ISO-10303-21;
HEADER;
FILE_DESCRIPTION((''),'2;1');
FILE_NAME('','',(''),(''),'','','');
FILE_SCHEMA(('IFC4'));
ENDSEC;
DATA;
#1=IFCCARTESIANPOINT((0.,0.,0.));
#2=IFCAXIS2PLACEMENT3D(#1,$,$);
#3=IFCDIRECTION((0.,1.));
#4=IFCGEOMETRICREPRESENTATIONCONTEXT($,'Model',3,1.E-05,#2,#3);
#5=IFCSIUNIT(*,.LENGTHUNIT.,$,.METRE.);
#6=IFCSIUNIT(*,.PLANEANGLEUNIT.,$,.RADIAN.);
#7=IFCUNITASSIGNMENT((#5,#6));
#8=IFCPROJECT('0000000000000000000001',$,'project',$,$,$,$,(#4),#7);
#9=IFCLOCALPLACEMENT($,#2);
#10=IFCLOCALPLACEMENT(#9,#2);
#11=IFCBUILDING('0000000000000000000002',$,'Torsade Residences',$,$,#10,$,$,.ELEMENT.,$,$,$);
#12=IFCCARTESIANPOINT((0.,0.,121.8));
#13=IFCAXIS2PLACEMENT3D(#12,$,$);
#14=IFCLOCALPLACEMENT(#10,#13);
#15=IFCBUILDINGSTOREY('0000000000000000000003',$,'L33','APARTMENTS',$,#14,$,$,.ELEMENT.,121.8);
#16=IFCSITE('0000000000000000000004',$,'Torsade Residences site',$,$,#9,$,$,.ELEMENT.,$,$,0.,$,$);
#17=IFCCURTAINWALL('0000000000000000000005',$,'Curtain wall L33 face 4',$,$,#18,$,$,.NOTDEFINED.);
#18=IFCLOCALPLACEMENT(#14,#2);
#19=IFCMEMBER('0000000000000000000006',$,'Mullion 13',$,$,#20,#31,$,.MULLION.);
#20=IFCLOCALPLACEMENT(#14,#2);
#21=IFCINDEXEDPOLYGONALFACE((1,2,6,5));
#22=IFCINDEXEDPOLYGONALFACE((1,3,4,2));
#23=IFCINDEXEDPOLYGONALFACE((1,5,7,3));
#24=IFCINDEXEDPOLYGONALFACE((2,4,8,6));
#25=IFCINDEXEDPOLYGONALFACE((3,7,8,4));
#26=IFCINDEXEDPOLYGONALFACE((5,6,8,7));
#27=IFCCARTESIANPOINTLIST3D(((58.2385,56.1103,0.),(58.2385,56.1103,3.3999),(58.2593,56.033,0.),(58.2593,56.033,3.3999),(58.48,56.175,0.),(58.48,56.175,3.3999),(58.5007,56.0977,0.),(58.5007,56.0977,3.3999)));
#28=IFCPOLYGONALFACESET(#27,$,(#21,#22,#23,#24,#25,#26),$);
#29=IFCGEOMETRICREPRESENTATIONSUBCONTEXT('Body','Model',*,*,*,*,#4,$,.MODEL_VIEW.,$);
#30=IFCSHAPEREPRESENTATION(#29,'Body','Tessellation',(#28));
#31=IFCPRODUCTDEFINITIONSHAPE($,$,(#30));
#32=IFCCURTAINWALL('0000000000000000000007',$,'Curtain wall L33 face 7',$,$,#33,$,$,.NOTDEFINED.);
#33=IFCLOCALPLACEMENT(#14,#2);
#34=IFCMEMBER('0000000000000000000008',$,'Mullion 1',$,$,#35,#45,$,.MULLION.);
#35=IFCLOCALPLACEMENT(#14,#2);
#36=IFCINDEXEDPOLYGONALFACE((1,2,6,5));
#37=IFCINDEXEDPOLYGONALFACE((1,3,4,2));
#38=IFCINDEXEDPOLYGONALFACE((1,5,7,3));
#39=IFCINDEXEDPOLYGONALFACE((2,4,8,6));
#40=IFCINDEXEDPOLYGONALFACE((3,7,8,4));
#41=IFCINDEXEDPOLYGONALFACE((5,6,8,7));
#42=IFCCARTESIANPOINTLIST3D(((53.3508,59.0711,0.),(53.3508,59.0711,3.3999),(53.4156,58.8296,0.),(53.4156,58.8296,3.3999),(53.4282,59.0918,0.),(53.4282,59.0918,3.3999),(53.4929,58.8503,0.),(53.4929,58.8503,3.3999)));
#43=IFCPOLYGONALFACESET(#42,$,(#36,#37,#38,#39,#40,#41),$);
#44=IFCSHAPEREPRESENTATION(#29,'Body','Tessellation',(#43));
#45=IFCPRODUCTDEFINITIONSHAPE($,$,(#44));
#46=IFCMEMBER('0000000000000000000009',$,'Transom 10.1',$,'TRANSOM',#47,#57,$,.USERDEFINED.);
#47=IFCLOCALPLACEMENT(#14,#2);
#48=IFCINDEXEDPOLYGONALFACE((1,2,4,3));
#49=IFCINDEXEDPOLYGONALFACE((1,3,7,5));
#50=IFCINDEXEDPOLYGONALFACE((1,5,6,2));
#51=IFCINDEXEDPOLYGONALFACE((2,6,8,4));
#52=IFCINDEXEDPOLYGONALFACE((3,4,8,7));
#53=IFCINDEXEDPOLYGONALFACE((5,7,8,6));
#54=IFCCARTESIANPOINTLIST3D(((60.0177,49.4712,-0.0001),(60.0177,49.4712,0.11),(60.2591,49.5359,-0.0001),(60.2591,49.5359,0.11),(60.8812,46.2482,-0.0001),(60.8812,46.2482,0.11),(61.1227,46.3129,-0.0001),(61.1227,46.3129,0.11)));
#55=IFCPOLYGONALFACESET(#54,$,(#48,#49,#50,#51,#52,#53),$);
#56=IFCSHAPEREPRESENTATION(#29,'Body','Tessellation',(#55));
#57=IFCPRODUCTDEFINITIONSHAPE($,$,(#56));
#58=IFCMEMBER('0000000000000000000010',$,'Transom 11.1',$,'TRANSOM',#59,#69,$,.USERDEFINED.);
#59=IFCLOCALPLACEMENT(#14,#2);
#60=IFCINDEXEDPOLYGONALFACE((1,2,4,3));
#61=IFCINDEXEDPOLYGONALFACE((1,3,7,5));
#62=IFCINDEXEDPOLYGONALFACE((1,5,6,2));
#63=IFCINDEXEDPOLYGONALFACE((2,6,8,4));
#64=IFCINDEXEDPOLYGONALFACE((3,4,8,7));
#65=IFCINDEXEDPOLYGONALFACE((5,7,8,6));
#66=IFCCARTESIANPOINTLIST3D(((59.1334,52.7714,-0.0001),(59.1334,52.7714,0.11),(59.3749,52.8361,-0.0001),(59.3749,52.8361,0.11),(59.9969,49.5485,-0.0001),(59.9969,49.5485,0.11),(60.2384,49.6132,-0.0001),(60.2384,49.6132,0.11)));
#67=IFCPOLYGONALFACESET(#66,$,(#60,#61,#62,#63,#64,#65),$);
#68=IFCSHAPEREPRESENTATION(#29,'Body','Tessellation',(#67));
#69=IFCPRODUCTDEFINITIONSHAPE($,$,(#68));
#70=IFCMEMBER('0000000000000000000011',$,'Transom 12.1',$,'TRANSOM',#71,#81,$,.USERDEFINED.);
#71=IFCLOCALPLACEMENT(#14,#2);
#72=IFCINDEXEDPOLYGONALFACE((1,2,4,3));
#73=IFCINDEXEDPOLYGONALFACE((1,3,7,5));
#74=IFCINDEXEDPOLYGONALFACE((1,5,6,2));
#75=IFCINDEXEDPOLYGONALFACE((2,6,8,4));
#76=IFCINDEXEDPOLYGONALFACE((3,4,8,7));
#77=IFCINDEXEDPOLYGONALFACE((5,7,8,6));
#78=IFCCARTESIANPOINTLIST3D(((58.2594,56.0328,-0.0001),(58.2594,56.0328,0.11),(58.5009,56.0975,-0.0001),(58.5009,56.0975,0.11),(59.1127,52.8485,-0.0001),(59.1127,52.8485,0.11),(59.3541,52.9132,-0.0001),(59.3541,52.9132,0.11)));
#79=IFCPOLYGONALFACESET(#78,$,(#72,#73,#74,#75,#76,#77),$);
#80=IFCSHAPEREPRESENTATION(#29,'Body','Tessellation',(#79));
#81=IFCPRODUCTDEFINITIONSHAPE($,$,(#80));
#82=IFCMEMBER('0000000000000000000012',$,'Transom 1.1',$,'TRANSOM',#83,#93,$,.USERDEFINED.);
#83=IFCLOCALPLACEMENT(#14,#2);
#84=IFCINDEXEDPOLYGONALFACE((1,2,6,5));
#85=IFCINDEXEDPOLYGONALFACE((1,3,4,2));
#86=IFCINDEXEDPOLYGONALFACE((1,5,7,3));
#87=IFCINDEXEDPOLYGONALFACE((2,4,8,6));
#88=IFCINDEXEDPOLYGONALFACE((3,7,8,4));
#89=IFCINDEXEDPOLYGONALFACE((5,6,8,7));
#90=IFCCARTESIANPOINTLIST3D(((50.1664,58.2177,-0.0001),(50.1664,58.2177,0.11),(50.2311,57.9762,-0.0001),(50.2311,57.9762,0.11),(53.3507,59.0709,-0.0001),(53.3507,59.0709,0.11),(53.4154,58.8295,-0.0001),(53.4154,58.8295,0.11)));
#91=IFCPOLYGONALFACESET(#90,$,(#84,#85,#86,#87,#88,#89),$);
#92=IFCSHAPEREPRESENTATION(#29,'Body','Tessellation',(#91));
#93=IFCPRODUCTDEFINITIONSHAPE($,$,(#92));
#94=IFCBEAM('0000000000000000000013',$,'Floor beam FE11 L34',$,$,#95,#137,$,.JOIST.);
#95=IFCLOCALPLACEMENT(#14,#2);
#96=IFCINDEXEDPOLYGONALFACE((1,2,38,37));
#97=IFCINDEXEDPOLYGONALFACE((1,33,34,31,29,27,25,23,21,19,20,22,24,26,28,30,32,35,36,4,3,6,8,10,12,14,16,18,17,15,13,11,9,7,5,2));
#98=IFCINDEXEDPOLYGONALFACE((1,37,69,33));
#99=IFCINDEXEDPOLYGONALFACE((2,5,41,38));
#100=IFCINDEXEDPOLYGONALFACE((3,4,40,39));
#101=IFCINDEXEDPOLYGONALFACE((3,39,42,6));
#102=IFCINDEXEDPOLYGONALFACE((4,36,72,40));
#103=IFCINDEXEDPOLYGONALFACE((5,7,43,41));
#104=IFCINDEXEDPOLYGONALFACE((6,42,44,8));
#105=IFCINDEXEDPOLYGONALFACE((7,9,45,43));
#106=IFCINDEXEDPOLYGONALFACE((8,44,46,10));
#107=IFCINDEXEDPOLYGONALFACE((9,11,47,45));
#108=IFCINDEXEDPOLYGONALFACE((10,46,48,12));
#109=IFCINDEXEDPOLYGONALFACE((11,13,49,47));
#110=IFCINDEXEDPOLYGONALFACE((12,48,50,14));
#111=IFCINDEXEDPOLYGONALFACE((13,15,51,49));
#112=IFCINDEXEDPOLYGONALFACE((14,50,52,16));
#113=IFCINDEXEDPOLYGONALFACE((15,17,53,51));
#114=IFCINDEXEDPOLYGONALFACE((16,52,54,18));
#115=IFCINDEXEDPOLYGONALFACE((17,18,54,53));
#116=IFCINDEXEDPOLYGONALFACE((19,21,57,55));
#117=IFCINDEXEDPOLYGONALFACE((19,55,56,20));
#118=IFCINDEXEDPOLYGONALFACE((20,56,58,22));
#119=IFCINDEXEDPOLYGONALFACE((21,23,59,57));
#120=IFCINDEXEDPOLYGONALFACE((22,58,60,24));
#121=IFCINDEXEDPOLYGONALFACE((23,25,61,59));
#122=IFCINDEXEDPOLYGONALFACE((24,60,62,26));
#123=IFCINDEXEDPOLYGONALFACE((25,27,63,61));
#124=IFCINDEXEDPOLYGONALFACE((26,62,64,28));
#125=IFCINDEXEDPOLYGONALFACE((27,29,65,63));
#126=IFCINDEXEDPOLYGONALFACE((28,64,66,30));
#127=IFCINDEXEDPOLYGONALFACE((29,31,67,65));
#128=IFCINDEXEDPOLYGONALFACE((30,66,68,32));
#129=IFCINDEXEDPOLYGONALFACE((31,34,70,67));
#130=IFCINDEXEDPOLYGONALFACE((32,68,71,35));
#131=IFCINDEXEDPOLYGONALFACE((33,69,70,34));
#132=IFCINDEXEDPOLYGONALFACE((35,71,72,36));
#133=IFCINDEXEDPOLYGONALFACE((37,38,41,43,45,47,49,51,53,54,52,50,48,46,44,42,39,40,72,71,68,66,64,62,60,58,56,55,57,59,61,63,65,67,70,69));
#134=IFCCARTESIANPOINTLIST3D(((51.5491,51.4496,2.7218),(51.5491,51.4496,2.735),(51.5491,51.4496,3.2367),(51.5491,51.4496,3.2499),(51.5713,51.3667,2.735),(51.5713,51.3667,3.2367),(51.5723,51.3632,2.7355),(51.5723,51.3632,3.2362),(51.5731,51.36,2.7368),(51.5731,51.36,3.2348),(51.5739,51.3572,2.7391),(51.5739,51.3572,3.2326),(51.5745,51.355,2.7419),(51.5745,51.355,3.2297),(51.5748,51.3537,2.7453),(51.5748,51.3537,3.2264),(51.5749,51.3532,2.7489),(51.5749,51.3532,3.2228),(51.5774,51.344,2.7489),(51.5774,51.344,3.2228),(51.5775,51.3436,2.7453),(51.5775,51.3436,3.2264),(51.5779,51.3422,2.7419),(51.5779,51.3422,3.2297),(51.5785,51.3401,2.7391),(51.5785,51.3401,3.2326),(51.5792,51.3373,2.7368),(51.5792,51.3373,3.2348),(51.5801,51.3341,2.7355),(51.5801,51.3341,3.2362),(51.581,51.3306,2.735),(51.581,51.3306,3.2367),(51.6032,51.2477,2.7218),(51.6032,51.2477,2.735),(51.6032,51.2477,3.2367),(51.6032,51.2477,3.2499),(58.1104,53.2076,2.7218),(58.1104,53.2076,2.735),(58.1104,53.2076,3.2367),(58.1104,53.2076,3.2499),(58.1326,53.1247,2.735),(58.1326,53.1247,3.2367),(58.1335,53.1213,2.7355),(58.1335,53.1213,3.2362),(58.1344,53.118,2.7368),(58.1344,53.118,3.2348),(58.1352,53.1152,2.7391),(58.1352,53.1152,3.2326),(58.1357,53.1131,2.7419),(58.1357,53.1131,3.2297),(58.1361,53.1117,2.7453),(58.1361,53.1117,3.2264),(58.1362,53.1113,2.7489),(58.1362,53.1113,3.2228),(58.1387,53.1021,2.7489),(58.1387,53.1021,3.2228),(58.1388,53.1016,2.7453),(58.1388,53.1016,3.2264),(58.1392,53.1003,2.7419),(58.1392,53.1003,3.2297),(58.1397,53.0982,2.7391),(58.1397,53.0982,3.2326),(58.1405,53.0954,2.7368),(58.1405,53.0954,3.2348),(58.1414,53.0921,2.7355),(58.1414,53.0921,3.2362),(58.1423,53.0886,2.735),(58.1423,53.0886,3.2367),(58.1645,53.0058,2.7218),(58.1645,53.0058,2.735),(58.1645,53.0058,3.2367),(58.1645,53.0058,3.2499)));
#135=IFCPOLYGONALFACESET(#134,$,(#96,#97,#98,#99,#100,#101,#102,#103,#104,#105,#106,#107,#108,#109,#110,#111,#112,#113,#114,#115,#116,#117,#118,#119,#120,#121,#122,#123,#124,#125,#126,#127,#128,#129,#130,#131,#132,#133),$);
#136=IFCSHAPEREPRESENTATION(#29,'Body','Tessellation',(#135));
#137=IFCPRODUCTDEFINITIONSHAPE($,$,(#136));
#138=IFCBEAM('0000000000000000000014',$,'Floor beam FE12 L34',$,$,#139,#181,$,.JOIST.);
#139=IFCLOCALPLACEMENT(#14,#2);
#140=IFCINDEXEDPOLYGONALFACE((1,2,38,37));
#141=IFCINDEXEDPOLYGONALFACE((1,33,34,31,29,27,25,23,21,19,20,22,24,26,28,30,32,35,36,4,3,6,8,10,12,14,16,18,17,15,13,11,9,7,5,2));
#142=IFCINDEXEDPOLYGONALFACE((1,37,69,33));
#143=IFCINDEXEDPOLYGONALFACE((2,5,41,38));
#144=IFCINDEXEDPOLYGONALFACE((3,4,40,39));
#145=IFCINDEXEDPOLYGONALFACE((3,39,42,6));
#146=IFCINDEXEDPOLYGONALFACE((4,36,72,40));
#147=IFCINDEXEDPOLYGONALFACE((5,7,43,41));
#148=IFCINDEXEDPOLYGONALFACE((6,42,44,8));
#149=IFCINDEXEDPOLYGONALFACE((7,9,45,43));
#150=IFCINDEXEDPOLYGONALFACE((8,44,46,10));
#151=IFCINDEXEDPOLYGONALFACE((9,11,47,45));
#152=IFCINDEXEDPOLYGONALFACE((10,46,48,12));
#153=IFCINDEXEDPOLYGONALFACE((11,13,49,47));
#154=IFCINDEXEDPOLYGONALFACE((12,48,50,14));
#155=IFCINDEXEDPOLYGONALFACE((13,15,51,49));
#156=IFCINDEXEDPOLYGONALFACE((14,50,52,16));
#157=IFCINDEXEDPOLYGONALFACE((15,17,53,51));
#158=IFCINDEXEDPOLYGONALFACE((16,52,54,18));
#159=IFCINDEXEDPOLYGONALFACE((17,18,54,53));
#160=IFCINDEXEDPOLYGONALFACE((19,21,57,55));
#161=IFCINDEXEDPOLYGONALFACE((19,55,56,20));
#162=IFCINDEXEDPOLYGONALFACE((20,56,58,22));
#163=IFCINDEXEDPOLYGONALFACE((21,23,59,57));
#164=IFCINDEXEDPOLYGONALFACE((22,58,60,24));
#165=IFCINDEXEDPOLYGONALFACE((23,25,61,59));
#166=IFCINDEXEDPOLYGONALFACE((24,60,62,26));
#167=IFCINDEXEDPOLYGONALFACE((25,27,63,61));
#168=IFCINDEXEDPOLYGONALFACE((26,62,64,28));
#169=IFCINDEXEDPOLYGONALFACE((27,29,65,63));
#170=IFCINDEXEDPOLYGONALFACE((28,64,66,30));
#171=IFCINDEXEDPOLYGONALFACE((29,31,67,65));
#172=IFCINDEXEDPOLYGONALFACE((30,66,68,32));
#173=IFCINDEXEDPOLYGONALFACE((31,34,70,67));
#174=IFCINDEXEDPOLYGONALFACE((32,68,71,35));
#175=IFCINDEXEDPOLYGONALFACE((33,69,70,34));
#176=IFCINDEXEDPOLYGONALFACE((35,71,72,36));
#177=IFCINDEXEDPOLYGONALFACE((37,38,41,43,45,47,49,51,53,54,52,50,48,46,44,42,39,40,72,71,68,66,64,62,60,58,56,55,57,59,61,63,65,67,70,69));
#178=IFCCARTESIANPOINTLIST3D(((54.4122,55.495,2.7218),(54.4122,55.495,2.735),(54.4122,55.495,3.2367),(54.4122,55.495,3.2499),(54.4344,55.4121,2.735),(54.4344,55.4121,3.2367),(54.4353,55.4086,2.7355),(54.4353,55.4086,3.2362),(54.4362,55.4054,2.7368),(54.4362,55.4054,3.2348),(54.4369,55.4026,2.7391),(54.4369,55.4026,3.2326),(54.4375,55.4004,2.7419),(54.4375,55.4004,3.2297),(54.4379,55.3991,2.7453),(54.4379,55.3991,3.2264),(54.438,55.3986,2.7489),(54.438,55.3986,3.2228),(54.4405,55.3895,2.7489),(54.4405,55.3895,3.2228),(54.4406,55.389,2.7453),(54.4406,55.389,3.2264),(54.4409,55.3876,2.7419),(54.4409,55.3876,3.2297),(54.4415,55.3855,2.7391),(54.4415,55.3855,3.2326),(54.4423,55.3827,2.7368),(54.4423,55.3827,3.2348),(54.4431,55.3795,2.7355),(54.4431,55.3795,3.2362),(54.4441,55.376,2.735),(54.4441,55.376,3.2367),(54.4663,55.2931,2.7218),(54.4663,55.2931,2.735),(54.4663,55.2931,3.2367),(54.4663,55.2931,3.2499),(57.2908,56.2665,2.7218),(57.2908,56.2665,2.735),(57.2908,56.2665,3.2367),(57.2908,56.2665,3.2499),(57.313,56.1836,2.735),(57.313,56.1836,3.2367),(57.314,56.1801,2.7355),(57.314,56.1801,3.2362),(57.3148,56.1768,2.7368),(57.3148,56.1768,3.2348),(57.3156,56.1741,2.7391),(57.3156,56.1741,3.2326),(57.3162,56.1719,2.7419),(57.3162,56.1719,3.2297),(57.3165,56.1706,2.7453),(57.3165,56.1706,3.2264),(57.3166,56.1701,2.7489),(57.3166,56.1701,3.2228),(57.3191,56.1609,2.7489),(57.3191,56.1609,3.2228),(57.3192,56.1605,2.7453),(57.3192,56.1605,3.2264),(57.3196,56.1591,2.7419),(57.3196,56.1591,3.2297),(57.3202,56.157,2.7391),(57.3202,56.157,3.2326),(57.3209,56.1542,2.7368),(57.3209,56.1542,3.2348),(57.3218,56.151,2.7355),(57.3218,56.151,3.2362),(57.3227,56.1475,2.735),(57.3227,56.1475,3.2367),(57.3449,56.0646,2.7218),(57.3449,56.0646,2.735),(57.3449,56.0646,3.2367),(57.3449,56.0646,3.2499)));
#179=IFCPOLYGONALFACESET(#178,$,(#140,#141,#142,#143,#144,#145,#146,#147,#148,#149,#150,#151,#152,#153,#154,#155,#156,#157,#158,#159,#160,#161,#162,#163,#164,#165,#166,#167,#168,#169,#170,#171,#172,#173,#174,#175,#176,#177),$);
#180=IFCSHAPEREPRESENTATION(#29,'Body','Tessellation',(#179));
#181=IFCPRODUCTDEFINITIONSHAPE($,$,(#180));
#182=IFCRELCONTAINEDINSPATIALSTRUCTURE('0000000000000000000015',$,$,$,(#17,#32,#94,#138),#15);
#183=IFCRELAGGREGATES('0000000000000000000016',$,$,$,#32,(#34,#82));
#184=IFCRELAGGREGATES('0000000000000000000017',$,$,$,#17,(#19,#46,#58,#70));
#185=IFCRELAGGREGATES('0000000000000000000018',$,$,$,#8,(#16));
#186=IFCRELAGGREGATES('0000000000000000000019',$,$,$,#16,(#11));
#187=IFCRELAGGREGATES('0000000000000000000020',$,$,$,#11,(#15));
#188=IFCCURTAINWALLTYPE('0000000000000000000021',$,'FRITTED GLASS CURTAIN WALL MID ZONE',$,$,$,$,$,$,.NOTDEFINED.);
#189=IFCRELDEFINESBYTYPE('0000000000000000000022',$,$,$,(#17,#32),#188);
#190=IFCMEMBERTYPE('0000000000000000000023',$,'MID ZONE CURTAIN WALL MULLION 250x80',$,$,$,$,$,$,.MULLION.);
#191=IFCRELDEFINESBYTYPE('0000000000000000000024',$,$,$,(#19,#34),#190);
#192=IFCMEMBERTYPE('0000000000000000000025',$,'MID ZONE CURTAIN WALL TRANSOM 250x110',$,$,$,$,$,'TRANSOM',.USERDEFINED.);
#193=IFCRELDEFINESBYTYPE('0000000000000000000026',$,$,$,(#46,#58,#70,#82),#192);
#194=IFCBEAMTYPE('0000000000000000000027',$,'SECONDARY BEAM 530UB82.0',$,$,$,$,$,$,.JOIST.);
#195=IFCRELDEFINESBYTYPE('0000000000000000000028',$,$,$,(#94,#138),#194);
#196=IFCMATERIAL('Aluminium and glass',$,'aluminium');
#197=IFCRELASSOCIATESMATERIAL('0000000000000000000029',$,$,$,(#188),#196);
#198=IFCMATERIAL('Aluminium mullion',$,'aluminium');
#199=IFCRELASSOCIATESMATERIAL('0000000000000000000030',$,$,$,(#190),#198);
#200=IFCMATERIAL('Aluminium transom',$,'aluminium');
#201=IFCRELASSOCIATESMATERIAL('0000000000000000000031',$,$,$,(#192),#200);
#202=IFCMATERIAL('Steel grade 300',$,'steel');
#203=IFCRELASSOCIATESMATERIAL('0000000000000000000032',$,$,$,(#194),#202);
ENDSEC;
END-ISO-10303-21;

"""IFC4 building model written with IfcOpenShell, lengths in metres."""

from ifc_helpers import new_model, si_unit, direction, frame, origin, origin_2d, place, context, subcontext, project, spatial, rectangle, i_section, extrude, material, material_profile, profile_set, type_object, element, aggregate, save


model = new_model("IFC4")

# Units and contexts
model_context = context("Model", 3, precision=1e-05, world=origin(), true_north=direction((0.0, 1.0)))
body_context = subcontext(model_context, "Body", "Model", "MODEL_VIEW")
ifc_project = project(units=[si_unit("LENGTHUNIT", "METRE"), si_unit("PLANEANGLEUNIT", "RADIAN")], contexts=[model_context])

# Site, building, storey
site_placement = place(None, origin())
site = spatial("IfcSite", under=ifc_project, at=site_placement, Name="Torsade Residences site", CompositionType="ELEMENT", RefElevation=0.0)
building_placement = place(site_placement, origin())
building = spatial("IfcBuilding", under=site, at=building_placement, Name="Torsade Residences", CompositionType="ELEMENT")
storey_placement = place(building_placement, frame((0.0, 0.0, 121.8)))
storey = spatial("IfcBuildingStorey", under=building, at=storey_placement, Name="L33", Description="APARTMENTS", CompositionType="ELEMENT", Elevation=121.8)

# Curtain wall, member
ifc_material_1 = material(Name="Aluminium and glass", Category="aluminium")
curtain_wall_type = type_object("IfcCurtainWallType", Name="FRITTED GLASS CURTAIN WALL MID ZONE", PredefinedType="NOTDEFINED", material=ifc_material_1)
curtain_wall_1_placement = place(storey_placement, origin())
curtain_wall_1 = element("IfcCurtainWall", 1, at=curtain_wall_1_placement, inside=storey, type_object=curtain_wall_type, Name="Curtain wall L33 face 4", PredefinedType="NOTDEFINED")
ifc_material_2 = material(Name="Aluminium mullion", Category="aluminium")
ifc_material_profile_1 = material_profile(ifc_material_2, rectangle(XDim=0.25, YDim=0.0801, at=origin_2d()), Name="MID ZONE CURTAIN WALL MULLION 250x80")
ifc_profile_set_1 = profile_set([ifc_material_profile_1], Name="Aluminium mullion")
member_type_1 = type_object("IfcMemberType", Name="MID ZONE CURTAIN WALL MULLION 250x80", PredefinedType="MULLION", material=ifc_profile_set_1)
member_1_placement = place(storey_placement, frame((58.3696, 56.104, 0.0), z_axis=(0.0, 0.0, 1.0), x_axis=(-0.965926, -0.258819, 0.0)))
member_1 = element("IfcMember", 2, at=member_1_placement, type_object=member_type_1, Name="Mullion 13", PredefinedType="MULLION", context=body_context, shape_type="SweptSolid", body=[
    extrude(rectangle(XDim=0.25, YDim=0.0801, at=origin_2d()), origin(), (0.0, 0.0, 1.0), 3.3999),
])

# Curtain wall, member
curtain_wall_2_placement = place(storey_placement, origin())
curtain_wall_2 = element("IfcCurtainWall", 3, at=curtain_wall_2_placement, inside=storey, type_object=curtain_wall_type, Name="Curtain wall L33 face 7", PredefinedType="NOTDEFINED")
member_2_placement = place(storey_placement, frame((53.4219, 58.9607, 0.0), z_axis=(0.0, 0.0, 1.0), x_axis=(0.258819, -0.965926, 0.0)))
member_2 = element("IfcMember", 4, at=member_2_placement, type_object=member_type_1, Name="Mullion 1", PredefinedType="MULLION", context=body_context, shape_type="SweptSolid", body=[
    extrude(rectangle(XDim=0.25, YDim=0.0801, at=origin_2d()), origin(), (0.0, 0.0, 1.0), 3.3999),
])

# Members
ifc_material_3 = material(Name="Aluminium transom", Category="aluminium")
ifc_material_profile_2 = material_profile(ifc_material_3, rectangle(XDim=0.25, YDim=0.1101, at=origin_2d()), Name="MID ZONE CURTAIN WALL TRANSOM 250x110")
ifc_profile_set_2 = profile_set([ifc_material_profile_2], Name="Aluminium transom")
member_type_2 = type_object("IfcMemberType", Name="MID ZONE CURTAIN WALL TRANSOM 250x110", ElementType="TRANSOM", PredefinedType="USERDEFINED", material=ifc_profile_set_2)
member_3_placement = place(storey_placement, frame((61.002, 46.2805, 0.0549), z_axis=(-0.258806, 0.965929, 0.0), x_axis=(-0.965929, -0.258806, 0.0)))
member_3 = element("IfcMember", 5, at=member_3_placement, type_object=member_type_2, Name="Transom 10.1", ObjectType="TRANSOM", PredefinedType="USERDEFINED", context=body_context, shape_type="SweptSolid", body=[
    extrude(rectangle(XDim=0.25, YDim=0.1101, at=origin_2d()), origin(), (0.0, 0.0, 1.0), 3.3367),
])
member_4_placement = place(storey_placement, frame((60.1177, 49.5808, 0.0549), z_axis=(-0.258806, 0.965929, 0.0), x_axis=(-0.965929, -0.258806, 0.0)))
member_4 = element("IfcMember", 6, at=member_4_placement, type_object=member_type_2, Name="Transom 11.1", ObjectType="TRANSOM", PredefinedType="USERDEFINED", context=body_context, shape_type="SweptSolid", body=[
    extrude(rectangle(XDim=0.25, YDim=0.1101, at=origin_2d()), origin(), (0.0, 0.0, 1.0), 3.3367),
])
member_5_placement = place(storey_placement, frame((59.2334, 52.8809, 0.0549), z_axis=(-0.258829, 0.965923, 0.0), x_axis=(-0.965923, -0.258829, 0.0)))
member_5 = element("IfcMember", 7, at=member_5_placement, type_object=member_type_2, Name="Transom 12.1", ObjectType="TRANSOM", PredefinedType="USERDEFINED", context=body_context, shape_type="SweptSolid", body=[
    extrude(rectangle(XDim=0.25, YDim=0.1101, at=origin_2d()), origin(), (0.0, 0.0, 1.0), 3.2966),
])
member_6_placement = place(storey_placement, frame((53.3831, 58.9502, 0.0549), z_axis=(-0.965923, -0.258829, 0.0), x_axis=(0.258829, -0.965923, 0.0)))
member_6 = element("IfcMember", 8, at=member_6_placement, type_object=member_type_2, Name="Transom 1.1", ObjectType="TRANSOM", PredefinedType="USERDEFINED", context=body_context, shape_type="SweptSolid", body=[
    extrude(rectangle(XDim=0.25, YDim=0.1101, at=origin_2d()), origin(), (0.0, 0.0, 1.0), 3.2966),
])
aggregate(curtain_wall_2, [member_2, member_6])

# Beams
ifc_material_4 = material(Name="Steel grade 300", Category="steel")
ifc_material_profile_3 = material_profile(ifc_material_4, i_section(OverallWidth=0.209, OverallDepth=0.5281, WebThickness=0.0095, FlangeThickness=0.0132, FilletRadius=0.0139, at=origin_2d()), Name="530UB82.0")
ifc_profile_set_3 = profile_set([ifc_material_profile_3], Name="Steel grade 300")
beam_type_1 = type_object("IfcBeamType", Name="SECONDARY BEAM 530UB82.0", PredefinedType="JOIST", material=ifc_profile_set_3)
beam_1_placement = place(storey_placement, frame((58.1375, 53.1067, 2.9858), z_axis=(-0.965927, -0.258815, 0.0), x_axis=(0.258815, -0.965927, 0.0)))
element("IfcBeam", 9, at=beam_1_placement, inside=storey, type_object=beam_type_1, Name="Floor beam FE11 L34", PredefinedType="JOIST", context=body_context, shape_type="SweptSolid", body=[
    extrude(i_section(OverallWidth=0.209, OverallDepth=0.5281, WebThickness=0.0095, FlangeThickness=0.0132, FilletRadius=0.0139, at=origin_2d()), origin(), (0.0, 0.0, 1.0), 6.7927),
])
beam_2_placement = place(storey_placement, frame((57.3179, 56.1655, 2.9858), z_axis=(-0.965913, -0.258866, 0.0), x_axis=(0.258866, -0.965913, 0.0)))
element("IfcBeam", 10, at=beam_2_placement, inside=storey, type_object=beam_type_1, Name="Floor beam FE12 L34", PredefinedType="JOIST", context=body_context, shape_type="SweptSolid", body=[
    extrude(i_section(OverallWidth=0.209, OverallDepth=0.5281, WebThickness=0.0095, FlangeThickness=0.0132, FilletRadius=0.0139, at=origin_2d()), origin(), (0.0, 0.0, 1.0), 2.9802),
])

aggregate(curtain_wall_1, [member_1, member_3, member_4, member_5])

save(model, "model.ifc")
